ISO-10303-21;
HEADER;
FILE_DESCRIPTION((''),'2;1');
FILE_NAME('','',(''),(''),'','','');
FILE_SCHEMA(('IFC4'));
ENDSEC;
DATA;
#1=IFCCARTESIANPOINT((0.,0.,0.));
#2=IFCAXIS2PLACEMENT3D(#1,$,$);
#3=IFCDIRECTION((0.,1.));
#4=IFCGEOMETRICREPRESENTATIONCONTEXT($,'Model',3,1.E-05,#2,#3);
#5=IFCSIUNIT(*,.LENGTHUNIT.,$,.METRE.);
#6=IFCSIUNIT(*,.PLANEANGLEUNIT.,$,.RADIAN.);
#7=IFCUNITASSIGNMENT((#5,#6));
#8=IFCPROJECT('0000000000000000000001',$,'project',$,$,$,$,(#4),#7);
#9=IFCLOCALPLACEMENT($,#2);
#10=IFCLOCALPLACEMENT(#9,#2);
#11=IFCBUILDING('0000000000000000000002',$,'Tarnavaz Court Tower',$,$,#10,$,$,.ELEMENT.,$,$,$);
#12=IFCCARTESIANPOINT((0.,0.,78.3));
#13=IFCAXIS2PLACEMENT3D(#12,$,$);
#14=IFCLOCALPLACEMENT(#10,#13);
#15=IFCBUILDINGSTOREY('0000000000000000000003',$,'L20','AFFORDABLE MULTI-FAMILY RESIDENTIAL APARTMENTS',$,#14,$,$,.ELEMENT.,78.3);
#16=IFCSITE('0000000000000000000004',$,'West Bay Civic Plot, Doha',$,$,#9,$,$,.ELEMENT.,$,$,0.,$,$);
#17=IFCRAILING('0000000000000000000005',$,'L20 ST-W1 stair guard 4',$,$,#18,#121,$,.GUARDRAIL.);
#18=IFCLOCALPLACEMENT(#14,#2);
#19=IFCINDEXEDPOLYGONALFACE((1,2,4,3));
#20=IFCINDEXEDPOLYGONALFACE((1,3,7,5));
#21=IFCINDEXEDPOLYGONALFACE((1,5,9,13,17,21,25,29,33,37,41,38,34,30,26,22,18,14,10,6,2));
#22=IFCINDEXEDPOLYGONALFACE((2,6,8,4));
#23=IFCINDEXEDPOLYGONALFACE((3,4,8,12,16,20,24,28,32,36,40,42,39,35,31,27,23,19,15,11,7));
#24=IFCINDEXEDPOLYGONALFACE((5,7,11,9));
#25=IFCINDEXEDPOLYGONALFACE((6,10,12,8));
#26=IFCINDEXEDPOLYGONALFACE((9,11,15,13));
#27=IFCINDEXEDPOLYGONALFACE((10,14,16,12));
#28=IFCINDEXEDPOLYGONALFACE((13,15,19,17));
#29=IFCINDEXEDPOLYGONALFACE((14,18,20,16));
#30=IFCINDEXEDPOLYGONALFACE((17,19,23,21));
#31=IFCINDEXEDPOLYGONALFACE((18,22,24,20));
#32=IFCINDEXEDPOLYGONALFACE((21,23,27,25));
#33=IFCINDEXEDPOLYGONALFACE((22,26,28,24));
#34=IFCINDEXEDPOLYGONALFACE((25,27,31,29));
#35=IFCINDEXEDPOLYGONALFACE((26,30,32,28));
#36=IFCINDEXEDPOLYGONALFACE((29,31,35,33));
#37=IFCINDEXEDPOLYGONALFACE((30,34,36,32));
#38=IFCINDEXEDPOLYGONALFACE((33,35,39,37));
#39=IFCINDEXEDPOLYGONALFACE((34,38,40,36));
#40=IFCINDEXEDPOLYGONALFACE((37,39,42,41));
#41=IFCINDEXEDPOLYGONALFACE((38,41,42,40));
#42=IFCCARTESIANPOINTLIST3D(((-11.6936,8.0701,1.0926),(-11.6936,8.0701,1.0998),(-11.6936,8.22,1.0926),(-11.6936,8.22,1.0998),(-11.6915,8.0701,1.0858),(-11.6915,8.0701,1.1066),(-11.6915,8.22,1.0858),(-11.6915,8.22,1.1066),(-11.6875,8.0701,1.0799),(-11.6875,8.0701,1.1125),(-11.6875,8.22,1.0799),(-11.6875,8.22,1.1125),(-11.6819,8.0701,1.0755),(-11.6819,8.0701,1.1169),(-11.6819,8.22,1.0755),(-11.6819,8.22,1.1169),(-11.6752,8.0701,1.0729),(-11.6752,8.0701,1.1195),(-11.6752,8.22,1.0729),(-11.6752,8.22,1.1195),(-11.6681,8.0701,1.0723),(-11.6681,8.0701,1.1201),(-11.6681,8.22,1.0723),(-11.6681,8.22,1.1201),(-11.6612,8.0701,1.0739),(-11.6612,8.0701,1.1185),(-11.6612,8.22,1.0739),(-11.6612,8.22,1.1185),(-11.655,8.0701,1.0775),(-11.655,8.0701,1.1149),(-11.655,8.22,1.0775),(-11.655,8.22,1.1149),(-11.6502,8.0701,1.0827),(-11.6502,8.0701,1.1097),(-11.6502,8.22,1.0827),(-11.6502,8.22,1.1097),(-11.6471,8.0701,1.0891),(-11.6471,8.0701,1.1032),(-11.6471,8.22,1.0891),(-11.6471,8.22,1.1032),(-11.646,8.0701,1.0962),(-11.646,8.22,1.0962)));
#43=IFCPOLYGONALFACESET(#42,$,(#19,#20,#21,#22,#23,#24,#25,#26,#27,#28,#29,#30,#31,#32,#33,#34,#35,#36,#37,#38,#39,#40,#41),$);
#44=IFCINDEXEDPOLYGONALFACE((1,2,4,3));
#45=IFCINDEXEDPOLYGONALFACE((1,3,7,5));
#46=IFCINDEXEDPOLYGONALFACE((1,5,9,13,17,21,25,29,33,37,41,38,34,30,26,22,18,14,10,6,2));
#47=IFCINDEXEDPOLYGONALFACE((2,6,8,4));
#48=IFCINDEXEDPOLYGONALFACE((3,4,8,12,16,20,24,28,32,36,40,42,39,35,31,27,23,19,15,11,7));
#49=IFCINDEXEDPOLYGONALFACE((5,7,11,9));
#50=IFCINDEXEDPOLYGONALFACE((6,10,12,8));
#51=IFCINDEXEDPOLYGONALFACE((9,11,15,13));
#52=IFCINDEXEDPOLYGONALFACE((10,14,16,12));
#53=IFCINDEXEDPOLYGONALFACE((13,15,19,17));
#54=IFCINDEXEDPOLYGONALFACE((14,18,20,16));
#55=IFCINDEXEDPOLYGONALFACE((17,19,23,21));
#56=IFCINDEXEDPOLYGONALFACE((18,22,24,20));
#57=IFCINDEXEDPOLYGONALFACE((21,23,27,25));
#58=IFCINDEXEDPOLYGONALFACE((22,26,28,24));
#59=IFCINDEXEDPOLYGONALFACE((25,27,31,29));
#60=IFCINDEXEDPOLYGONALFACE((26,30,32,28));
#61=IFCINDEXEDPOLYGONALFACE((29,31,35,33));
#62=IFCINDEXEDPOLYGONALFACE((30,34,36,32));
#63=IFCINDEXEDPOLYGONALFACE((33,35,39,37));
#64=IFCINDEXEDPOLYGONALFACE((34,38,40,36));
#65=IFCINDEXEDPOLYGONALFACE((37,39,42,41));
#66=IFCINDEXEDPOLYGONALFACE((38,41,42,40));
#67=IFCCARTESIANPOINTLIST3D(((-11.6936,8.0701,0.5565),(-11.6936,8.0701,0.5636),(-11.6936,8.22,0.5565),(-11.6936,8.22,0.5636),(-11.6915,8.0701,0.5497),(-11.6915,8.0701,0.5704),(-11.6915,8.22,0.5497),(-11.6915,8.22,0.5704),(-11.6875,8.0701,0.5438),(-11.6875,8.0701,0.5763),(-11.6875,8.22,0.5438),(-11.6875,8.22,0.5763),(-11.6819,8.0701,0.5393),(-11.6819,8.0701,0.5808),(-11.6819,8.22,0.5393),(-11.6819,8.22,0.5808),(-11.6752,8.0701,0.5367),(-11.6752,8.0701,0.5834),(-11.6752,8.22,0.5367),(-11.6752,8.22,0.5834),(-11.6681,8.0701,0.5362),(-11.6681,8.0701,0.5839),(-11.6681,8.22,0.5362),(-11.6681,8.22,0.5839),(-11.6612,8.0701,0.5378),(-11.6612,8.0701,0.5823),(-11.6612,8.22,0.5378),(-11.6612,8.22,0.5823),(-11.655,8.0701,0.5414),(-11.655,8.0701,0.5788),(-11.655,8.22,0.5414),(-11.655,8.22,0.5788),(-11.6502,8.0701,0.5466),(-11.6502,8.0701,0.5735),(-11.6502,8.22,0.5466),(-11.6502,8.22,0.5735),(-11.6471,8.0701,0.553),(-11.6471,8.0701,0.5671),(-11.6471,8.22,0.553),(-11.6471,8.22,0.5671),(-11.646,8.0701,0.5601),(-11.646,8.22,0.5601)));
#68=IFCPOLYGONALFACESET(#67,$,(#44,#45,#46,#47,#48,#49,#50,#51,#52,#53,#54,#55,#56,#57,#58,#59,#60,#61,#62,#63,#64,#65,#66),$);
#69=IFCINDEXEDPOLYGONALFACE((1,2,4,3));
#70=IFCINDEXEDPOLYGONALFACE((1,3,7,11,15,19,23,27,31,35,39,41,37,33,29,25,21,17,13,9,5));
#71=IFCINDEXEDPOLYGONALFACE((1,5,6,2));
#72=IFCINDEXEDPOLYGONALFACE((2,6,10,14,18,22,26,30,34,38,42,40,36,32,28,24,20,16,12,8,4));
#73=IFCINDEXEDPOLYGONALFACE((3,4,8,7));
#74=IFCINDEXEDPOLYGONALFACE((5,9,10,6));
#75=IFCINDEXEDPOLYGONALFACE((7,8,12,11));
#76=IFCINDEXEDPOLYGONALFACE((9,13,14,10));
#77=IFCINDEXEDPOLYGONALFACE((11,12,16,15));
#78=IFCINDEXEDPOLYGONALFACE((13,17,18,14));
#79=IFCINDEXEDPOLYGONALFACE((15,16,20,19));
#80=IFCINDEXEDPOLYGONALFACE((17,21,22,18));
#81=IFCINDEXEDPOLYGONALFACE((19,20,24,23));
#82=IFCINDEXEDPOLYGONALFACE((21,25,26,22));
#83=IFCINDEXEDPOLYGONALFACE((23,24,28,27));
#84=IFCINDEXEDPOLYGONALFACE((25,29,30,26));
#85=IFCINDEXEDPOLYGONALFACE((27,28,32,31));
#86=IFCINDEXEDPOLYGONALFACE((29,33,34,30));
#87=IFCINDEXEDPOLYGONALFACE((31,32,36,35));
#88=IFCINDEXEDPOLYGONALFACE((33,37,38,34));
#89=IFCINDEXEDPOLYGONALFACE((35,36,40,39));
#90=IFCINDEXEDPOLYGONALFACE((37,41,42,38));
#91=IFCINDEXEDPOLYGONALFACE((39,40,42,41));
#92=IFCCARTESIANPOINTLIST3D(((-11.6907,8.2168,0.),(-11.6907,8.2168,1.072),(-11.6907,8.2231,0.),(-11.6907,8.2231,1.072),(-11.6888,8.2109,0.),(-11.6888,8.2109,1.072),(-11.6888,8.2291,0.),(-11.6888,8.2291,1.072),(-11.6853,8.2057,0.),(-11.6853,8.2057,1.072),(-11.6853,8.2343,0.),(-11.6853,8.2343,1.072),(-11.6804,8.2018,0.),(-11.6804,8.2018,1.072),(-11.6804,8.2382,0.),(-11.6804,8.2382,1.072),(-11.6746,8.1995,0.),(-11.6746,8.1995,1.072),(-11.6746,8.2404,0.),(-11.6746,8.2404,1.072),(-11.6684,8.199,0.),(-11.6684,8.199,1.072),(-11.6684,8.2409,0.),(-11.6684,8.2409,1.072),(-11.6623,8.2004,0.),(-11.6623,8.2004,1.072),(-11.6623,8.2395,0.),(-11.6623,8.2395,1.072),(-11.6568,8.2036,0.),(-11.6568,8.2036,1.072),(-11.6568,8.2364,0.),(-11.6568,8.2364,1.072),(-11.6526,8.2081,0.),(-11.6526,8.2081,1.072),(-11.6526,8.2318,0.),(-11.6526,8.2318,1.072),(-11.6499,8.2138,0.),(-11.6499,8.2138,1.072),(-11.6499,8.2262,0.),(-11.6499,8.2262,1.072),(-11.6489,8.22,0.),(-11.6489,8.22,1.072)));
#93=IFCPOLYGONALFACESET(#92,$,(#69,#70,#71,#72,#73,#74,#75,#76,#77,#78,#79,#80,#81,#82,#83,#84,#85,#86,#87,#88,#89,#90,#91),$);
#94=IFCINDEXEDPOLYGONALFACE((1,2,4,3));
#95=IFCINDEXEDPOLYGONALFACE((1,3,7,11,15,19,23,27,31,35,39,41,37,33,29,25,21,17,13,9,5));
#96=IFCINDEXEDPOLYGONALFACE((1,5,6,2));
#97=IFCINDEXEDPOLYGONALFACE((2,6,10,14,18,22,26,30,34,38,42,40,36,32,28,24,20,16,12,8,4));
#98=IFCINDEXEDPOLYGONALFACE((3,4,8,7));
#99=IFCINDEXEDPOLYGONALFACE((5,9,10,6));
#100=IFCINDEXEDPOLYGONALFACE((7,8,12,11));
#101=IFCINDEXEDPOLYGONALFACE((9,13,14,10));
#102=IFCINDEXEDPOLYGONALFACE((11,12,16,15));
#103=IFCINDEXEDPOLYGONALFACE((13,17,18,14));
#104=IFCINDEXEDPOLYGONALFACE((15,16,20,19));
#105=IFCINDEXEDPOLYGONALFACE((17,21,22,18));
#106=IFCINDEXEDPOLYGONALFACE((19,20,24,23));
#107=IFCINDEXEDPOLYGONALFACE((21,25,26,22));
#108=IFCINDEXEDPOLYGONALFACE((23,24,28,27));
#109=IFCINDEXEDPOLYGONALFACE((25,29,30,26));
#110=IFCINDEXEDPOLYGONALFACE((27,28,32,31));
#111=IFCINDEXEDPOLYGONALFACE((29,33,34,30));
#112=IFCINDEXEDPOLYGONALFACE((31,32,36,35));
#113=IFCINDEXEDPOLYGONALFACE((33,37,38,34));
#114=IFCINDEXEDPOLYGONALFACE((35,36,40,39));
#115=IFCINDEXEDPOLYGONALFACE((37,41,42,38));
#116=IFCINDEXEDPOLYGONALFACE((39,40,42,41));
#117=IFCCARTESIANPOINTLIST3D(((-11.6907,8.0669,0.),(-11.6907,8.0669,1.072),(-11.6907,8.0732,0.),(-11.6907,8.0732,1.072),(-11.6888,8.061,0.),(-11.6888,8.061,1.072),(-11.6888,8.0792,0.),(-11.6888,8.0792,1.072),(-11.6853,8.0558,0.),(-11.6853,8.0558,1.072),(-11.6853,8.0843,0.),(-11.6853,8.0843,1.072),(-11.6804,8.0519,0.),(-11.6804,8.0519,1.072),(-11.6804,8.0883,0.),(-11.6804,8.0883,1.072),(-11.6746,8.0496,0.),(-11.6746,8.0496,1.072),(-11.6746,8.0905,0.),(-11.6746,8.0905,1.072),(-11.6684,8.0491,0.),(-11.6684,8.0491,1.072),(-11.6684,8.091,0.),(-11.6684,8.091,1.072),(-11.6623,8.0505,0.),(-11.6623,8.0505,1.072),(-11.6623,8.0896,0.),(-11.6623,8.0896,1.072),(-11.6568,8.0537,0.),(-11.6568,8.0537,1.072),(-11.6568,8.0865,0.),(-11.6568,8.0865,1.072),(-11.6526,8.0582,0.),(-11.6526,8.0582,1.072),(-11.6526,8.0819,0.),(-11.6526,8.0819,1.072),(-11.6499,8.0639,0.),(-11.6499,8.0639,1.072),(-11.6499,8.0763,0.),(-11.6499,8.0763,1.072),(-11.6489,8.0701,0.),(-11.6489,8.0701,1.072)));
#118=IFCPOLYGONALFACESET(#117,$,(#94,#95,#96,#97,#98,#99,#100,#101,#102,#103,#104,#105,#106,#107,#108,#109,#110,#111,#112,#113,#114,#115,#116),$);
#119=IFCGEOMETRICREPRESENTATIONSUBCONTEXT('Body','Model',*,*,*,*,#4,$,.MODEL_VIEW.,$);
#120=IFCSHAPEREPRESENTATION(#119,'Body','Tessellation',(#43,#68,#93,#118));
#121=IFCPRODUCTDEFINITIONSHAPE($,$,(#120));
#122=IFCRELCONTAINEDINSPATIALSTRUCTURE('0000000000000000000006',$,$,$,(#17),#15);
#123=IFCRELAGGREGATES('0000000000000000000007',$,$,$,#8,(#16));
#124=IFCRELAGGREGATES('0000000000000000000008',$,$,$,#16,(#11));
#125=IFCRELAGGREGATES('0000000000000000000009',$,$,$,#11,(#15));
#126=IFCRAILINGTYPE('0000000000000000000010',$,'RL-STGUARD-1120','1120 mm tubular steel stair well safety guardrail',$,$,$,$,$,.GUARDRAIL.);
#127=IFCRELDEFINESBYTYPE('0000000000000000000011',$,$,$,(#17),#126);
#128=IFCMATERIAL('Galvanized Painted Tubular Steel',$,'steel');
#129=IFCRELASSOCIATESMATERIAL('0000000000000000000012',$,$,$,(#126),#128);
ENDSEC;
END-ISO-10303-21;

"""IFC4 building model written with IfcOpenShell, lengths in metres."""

from ifc_helpers import new_model, si_unit, direction, frame, origin, origin_2d, place, context, subcontext, project, spatial, circle, extrude, material, type_object, element, save


model = new_model("IFC4")

# Units and contexts
model_context = context("Model", 3, precision=1e-05, world=origin(), true_north=direction((0.0, 1.0)))
body_context = subcontext(model_context, "Body", "Model", "MODEL_VIEW")
ifc_project = project(units=[si_unit("LENGTHUNIT", "METRE"), si_unit("PLANEANGLEUNIT", "RADIAN")], contexts=[model_context])

# Site, building, storey
site_placement = place(None, origin())
site = spatial("IfcSite", under=ifc_project, at=site_placement, Name="West Bay Civic Plot, Doha", CompositionType="ELEMENT", RefElevation=0.0)
building_placement = place(site_placement, origin())
building = spatial("IfcBuilding", under=site, at=building_placement, Name="Tarnavaz Court Tower", CompositionType="ELEMENT")
storey_placement = place(building_placement, frame((0.0, 0.0, 78.3)))
storey = spatial("IfcBuildingStorey", under=building, at=storey_placement, Name="L20", Description="AFFORDABLE MULTI-FAMILY RESIDENTIAL APARTMENTS", CompositionType="ELEMENT", Elevation=78.3)

# Railing
ifc_material_1 = material(Name="Galvanized Painted Tubular Steel", Category="steel")
railing_type_1 = type_object("IfcRailingType", Name="RL-STGUARD-1120", Description="1120 mm tubular steel stair well safety guardrail", PredefinedType="GUARDRAIL", material=ifc_material_1)
railing_1_placement = place(storey_placement, frame((-11.6699, 8.22, 0.0)))
element("IfcRailing", 1, at=railing_1_placement, inside=storey, type_object=railing_type_1, Name="L20 ST-W1 stair guard 4", PredefinedType="GUARDRAIL", context=body_context, shape_type="SweptSolid", body=[
    extrude(circle(Radius=0.0239, at=origin_2d()), frame((0.0, 0.0, 1.0962), z_axis=(0.0, -1.0, 0.0), x_axis=(1.0, 0.0, 0.0)), (0.0, 0.0, 1.0), 0.1499),
    extrude(circle(Radius=0.0239, at=origin_2d()), frame((0.0, 0.0, 0.5601), z_axis=(0.0, -1.0, 0.0), x_axis=(1.0, 0.0, 0.0)), (0.0, 0.0, 1.0), 0.1499),
    extrude(circle(Radius=0.021, at=origin_2d()), origin(), (0.0, 0.0, 1.0), 1.072),
    extrude(circle(Radius=0.021, at=origin_2d()), frame((0.0, -0.1499, 0.0)), (0.0, 0.0, 1.0), 1.072),
])

save(model, "model.ifc")
